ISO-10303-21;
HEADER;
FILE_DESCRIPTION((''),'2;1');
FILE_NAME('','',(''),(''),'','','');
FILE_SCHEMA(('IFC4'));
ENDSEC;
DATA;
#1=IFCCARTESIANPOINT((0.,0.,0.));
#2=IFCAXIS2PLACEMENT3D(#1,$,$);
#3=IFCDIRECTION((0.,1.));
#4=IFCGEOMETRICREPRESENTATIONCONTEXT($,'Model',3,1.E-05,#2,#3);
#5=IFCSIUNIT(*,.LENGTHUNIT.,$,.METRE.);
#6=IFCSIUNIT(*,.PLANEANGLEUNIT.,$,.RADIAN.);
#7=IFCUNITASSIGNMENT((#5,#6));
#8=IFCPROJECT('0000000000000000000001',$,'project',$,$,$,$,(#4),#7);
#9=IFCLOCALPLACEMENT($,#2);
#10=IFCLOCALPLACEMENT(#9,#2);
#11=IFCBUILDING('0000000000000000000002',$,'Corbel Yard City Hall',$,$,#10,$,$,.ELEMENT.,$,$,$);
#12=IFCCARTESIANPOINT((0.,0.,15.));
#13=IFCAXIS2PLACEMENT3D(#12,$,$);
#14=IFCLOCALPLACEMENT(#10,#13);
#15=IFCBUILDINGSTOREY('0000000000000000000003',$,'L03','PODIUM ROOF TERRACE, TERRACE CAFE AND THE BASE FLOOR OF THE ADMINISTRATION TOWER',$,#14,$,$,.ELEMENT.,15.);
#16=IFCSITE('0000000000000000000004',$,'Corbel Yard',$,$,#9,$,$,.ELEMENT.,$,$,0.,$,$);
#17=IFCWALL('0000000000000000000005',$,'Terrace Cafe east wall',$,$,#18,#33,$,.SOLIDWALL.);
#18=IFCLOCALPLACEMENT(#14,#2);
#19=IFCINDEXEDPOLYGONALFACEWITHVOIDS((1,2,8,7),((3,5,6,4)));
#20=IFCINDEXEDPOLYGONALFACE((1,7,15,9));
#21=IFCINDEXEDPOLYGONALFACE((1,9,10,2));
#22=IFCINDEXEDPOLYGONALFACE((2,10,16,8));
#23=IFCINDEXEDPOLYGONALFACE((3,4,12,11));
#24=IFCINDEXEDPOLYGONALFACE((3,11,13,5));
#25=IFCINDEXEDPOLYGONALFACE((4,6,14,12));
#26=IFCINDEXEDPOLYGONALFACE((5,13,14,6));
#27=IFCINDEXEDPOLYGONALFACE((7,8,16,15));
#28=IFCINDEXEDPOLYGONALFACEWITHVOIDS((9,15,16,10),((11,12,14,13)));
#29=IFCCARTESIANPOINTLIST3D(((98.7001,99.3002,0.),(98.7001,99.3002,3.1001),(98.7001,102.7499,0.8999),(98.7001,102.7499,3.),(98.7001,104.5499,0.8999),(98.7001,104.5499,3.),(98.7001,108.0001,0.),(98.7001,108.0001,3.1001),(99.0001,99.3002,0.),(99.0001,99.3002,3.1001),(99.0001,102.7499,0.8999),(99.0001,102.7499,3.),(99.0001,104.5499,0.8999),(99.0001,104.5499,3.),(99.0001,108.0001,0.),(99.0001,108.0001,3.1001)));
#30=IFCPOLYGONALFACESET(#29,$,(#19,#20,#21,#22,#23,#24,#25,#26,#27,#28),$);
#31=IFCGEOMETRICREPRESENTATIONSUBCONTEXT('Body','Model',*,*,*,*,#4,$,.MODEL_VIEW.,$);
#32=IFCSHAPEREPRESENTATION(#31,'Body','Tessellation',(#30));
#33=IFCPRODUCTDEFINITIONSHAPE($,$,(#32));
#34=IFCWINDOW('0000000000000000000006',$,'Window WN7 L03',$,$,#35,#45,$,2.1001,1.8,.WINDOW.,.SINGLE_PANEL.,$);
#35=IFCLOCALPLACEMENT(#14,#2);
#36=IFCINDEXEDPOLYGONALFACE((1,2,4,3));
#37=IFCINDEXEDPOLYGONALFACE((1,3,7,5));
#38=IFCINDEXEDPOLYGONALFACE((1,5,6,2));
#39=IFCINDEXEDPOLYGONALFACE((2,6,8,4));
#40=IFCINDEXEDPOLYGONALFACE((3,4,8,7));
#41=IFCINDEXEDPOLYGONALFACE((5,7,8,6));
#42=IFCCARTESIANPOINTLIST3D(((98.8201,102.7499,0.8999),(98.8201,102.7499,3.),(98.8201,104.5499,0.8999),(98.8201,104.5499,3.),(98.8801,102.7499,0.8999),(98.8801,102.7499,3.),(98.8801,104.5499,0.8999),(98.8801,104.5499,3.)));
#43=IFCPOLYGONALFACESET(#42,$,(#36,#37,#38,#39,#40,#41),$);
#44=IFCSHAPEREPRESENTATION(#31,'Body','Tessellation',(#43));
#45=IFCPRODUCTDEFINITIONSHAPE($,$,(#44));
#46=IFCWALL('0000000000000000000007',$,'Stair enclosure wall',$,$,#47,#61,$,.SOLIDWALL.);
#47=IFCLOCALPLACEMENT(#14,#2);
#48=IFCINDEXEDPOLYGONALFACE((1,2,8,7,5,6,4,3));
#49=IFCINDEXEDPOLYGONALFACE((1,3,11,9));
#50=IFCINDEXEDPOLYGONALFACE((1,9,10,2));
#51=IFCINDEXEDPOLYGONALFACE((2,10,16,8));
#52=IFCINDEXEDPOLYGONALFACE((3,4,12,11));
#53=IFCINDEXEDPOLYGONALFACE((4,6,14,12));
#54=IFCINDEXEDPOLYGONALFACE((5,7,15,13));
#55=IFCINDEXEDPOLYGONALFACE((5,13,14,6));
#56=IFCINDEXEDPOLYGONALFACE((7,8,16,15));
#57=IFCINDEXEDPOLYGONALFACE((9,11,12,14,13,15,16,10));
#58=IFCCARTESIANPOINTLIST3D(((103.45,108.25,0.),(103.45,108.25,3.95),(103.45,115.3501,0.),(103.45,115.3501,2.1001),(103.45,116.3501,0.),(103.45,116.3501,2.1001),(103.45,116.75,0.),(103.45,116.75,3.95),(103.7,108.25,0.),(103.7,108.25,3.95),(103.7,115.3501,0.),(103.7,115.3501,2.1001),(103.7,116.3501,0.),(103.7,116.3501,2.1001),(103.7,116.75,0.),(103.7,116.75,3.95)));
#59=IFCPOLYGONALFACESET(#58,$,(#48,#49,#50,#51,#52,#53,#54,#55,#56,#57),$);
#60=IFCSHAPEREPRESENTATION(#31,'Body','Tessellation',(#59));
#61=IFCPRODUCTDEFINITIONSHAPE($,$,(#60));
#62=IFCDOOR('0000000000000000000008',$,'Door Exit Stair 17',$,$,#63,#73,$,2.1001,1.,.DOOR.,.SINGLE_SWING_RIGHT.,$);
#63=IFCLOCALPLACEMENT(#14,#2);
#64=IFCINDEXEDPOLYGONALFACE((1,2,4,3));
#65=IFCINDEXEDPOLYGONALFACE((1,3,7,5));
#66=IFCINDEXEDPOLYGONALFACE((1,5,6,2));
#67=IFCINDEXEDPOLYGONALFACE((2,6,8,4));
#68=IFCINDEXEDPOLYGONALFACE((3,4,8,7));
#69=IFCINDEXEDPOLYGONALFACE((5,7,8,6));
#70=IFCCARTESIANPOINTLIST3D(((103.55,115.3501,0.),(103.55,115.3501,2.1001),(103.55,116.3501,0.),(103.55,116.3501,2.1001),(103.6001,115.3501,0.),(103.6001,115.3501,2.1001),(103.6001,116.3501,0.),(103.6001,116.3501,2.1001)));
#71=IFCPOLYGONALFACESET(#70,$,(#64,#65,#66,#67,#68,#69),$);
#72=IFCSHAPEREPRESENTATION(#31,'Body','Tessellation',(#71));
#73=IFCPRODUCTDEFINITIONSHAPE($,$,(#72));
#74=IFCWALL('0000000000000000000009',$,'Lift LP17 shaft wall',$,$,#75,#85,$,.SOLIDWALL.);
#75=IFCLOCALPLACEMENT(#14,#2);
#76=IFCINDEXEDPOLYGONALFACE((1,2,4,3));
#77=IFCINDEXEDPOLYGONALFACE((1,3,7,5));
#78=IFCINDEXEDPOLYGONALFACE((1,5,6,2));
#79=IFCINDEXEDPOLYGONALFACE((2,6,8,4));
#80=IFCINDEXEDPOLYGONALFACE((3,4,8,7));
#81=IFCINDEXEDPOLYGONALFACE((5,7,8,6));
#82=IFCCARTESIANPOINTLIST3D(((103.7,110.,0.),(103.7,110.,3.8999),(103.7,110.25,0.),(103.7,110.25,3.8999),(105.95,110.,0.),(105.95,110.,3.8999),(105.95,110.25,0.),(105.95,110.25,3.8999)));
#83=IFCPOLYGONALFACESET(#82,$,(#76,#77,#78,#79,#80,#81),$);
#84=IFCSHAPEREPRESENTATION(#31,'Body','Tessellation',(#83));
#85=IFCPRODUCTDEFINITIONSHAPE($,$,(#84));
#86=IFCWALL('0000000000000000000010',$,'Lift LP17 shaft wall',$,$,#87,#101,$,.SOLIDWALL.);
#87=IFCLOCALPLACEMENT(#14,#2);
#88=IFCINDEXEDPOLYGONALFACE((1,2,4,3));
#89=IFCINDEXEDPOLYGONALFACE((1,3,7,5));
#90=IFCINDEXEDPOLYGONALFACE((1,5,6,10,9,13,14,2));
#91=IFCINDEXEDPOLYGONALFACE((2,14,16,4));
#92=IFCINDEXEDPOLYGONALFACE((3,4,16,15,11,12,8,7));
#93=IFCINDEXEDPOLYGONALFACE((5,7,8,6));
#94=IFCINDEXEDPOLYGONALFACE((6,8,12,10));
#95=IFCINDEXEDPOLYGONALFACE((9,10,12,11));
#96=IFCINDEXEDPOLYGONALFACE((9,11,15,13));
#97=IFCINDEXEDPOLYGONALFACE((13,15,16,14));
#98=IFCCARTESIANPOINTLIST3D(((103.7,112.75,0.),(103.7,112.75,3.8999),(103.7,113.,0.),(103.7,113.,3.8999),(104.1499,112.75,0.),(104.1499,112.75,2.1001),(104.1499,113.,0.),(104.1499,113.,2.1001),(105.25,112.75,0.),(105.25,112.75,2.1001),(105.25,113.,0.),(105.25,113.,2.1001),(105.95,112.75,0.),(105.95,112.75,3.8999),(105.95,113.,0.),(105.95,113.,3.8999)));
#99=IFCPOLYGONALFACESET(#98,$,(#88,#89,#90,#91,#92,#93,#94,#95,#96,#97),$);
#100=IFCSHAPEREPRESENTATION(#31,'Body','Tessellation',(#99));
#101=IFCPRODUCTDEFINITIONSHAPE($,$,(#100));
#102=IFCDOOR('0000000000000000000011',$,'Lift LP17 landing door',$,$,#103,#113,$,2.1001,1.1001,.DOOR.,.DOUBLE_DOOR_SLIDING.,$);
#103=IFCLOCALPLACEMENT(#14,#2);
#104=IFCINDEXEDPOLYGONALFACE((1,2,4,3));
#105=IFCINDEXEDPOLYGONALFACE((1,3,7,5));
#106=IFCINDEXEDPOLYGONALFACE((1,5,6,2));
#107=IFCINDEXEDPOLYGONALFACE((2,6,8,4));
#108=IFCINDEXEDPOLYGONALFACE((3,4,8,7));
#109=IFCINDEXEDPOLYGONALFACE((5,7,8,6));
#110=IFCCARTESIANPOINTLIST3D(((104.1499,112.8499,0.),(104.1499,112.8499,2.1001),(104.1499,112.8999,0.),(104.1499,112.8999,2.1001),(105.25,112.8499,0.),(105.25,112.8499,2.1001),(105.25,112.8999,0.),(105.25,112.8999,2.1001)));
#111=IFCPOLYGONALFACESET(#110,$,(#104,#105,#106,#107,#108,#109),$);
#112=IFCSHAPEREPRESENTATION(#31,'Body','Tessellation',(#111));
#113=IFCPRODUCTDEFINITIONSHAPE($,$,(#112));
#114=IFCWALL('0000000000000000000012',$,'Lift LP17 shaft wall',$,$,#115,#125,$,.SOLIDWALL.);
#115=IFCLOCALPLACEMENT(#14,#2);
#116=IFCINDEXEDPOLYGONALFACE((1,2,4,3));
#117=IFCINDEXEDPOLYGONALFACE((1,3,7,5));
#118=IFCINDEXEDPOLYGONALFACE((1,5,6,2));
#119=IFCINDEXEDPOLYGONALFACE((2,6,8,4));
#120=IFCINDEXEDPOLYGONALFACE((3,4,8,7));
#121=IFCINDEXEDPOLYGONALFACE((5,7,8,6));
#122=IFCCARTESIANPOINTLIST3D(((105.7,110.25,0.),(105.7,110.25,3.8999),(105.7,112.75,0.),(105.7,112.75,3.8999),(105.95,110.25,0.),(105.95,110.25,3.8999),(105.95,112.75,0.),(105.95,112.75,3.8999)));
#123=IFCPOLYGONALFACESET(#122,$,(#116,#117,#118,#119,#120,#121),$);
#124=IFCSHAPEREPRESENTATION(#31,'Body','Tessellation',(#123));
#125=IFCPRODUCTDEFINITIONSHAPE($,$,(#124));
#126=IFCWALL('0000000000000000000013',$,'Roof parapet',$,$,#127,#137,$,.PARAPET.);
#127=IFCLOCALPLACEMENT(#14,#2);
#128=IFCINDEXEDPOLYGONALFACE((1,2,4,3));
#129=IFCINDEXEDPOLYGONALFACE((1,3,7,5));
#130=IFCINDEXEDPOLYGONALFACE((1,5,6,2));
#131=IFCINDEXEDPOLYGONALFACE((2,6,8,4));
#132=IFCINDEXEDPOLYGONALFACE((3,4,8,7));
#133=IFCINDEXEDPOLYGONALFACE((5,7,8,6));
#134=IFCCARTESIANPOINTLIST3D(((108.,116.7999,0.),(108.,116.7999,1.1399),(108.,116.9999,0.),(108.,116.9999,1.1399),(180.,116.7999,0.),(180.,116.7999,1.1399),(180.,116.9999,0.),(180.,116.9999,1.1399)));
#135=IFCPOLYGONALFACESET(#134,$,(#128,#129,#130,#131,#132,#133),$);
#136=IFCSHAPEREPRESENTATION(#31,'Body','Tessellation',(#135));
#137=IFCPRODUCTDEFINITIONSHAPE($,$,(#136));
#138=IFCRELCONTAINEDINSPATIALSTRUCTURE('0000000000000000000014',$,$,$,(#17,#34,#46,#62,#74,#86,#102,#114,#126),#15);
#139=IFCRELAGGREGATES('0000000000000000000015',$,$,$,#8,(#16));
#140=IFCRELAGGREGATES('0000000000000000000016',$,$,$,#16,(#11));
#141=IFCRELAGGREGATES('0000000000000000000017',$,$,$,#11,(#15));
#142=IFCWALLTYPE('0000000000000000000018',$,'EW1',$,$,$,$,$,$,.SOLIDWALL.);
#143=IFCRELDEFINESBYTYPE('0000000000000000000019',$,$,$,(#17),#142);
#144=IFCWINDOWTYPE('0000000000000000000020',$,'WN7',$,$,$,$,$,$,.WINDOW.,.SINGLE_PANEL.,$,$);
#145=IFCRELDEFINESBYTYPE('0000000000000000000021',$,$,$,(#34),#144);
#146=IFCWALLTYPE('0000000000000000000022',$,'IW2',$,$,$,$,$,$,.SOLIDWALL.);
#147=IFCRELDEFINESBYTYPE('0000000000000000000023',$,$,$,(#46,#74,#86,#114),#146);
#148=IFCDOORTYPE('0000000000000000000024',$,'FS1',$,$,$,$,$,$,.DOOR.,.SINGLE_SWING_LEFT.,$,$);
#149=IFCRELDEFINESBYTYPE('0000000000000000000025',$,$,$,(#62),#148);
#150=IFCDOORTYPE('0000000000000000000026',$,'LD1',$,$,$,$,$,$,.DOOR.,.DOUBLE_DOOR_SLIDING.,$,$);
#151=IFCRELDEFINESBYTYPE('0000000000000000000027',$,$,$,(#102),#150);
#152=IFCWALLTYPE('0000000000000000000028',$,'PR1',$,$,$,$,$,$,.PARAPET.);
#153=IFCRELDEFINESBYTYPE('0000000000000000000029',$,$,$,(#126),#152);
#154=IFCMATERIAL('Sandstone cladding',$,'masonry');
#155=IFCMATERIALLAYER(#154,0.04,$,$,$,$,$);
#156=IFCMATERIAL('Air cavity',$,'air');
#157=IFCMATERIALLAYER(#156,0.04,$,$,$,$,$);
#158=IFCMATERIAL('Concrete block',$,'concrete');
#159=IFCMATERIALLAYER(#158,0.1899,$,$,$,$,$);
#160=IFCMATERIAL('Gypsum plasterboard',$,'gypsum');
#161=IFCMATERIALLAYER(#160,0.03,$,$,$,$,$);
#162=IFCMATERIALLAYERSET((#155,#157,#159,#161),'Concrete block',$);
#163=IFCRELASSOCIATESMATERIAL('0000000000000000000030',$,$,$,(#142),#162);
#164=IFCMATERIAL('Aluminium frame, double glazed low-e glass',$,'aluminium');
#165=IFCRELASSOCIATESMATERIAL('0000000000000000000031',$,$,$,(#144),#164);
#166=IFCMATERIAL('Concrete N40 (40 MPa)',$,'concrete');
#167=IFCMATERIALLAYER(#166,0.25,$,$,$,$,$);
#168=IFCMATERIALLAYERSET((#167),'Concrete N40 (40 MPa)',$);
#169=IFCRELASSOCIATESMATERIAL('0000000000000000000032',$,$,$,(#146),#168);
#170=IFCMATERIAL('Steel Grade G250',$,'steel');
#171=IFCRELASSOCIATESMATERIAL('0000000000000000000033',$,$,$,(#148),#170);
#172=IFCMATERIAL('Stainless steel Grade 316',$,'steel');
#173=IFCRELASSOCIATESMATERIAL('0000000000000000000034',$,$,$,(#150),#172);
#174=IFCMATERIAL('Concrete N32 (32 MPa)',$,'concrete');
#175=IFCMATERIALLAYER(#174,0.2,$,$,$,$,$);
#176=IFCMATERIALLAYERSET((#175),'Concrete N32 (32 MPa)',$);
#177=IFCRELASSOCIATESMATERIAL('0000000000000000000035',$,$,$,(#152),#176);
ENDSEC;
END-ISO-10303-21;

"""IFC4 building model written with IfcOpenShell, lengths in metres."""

from ifc_helpers import new_model, si_unit, direction, frame, frame_2d, origin, place, context, subcontext, project, spatial, rectangle, extrude, material, layer, layer_set, type_object, element, fill, save


model = new_model("IFC4")

# Units and contexts
model_context = context("Model", 3, precision=1e-05, world=origin(), true_north=direction((0.0, 1.0)))
body_context = subcontext(model_context, "Body", "Model", "MODEL_VIEW")
ifc_project = project(units=[si_unit("LENGTHUNIT", "METRE"), si_unit("PLANEANGLEUNIT", "RADIAN")], contexts=[model_context])

# Site, building, storey
site_placement = place(None, origin())
site = spatial("IfcSite", under=ifc_project, at=site_placement, Name="Corbel Yard", CompositionType="ELEMENT", RefElevation=0.0)
building_placement = place(site_placement, origin())
building = spatial("IfcBuilding", under=site, at=building_placement, Name="Corbel Yard City Hall", CompositionType="ELEMENT")
storey_placement = place(building_placement, frame((0.0, 0.0, 15.0)))
storey = spatial("IfcBuildingStorey", under=building, at=storey_placement, Name="L03", Description="PODIUM ROOF TERRACE, TERRACE CAFE AND THE BASE FLOOR OF THE ADMINISTRATION TOWER", CompositionType="ELEMENT", Elevation=15.0)

# Wall, opening, window
ifc_material_1 = material(Name="Sandstone cladding", Category="masonry")
ifc_layer_1 = layer(ifc_material_1, 0.04)
ifc_material_2 = material(Name="Air cavity", Category="air")
ifc_layer_2 = layer(ifc_material_2, 0.04)
ifc_material_3 = material(Name="Concrete block", Category="concrete")
ifc_layer_3 = layer(ifc_material_3, 0.1899)
ifc_material_4 = material(Name="Gypsum plasterboard", Category="gypsum")
ifc_layer_4 = layer(ifc_material_4, 0.03)
ifc_layer_set_1 = layer_set([ifc_layer_1, ifc_layer_2, ifc_layer_3, ifc_layer_4], Name="Concrete block")
wall_type_1 = type_object("IfcWallType", Name="EW1", PredefinedType="SOLIDWALL", material=ifc_layer_set_1)
wall_1_placement = place(storey_placement, frame((98.8501, 99.3, 0.0), z_axis=(0.0, 0.0, 1.0), x_axis=(0.0, 1.0, 0.0)))
wall_1 = element("IfcWall", 1, at=wall_1_placement, inside=storey, type_object=wall_type_1, Name="Terrace Cafe east wall", PredefinedType="SOLIDWALL", context=body_context, shape_type="SweptSolid", body=[
    extrude(rectangle(XDim=8.7, YDim=0.3, at=frame_2d((4.3501, 0.0))), origin(), (0.0, 0.0, 1.0), 3.1001),
])
opening_1_placement = place(wall_1_placement, frame((3.45, 0.0, 0.8999)))
opening_1 = element("IfcOpeningElement", 2, at=opening_1_placement, cuts=wall_1, PredefinedType="OPENING", context=body_context, shape_type="SweptSolid", body=[
    extrude(rectangle(XDim=1.8, YDim=2.1001, at=frame_2d((0.8999, 1.05))), frame((0.0, 0.1599, 0.0), z_axis=(0.0, -1.0, 0.0), x_axis=(1.0, 0.0, 0.0)), (0.0, 0.0, 1.0), 0.3201),
])
ifc_material_5 = material(Name="Aluminium frame, double glazed low-e glass", Category="aluminium")
window_type = type_object("IfcWindowType", Name="WN7", PartitioningType="SINGLE_PANEL", PredefinedType="WINDOW", material=ifc_material_5)
window_placement = place(opening_1_placement, origin())
window = element("IfcWindow", 3, at=window_placement, inside=storey, type_object=window_type, Name="Window WN7 L03", OverallHeight=2.1001, OverallWidth=1.8, PartitioningType="SINGLE_PANEL", PredefinedType="WINDOW", context=body_context, shape_type="SweptSolid", body=[
    extrude(rectangle(XDim=1.8, YDim=2.1001, at=frame_2d((0.8999, 1.05))), frame((0.0, 0.03, 0.0), z_axis=(0.0, -1.0, 0.0), x_axis=(1.0, 0.0, 0.0)), (0.0, 0.0, 1.0), 0.0601),
])
fill(opening_1, window)

# Wall, opening, door
ifc_material_6 = material(Name="Concrete N40 (40 MPa)", Category="concrete")
ifc_layer_5 = layer(ifc_material_6, 0.25)
ifc_layer_set_2 = layer_set([ifc_layer_5], Name="Concrete N40 (40 MPa)")
wall_type_2 = type_object("IfcWallType", Name="IW2", PredefinedType="SOLIDWALL", material=ifc_layer_set_2)
wall_2_placement = place(storey_placement, frame((103.575, 116.75, 0.0), z_axis=(0.0, 0.0, 1.0), x_axis=(0.0, -1.0, 0.0)))
wall_2 = element("IfcWall", 4, at=wall_2_placement, inside=storey, type_object=wall_type_2, Name="Stair enclosure wall", PredefinedType="SOLIDWALL", context=body_context, shape_type="SweptSolid", body=[
    extrude(rectangle(XDim=8.5, YDim=0.25, at=frame_2d((4.25, 0.0))), origin(), (0.0, 0.0, 1.0), 3.95),
])
opening_2_placement = place(wall_2_placement, frame((0.3999, 0.0, 0.0)))
opening_2 = element("IfcOpeningElement", 5, at=opening_2_placement, cuts=wall_2, PredefinedType="OPENING", context=body_context, shape_type="SweptSolid", body=[
    extrude(rectangle(XDim=1.0, YDim=2.1001, at=frame_2d((0.5, 1.05))), frame((0.0, 0.135, 0.0), z_axis=(0.0, -1.0, 0.0), x_axis=(1.0, 0.0, 0.0)), (0.0, 0.0, 1.0), 0.27),
])
ifc_material_7 = material(Name="Steel Grade G250", Category="steel")
door_type_1 = type_object("IfcDoorType", Name="FS1", OperationType="SINGLE_SWING_LEFT", PredefinedType="DOOR", material=ifc_material_7)
door_1_placement = place(opening_2_placement, frame((1.0, 0.0, 0.0), z_axis=(0.0, 0.0, 1.0), x_axis=(-1.0, 0.0, 0.0)))
door_1 = element("IfcDoor", 6, at=door_1_placement, inside=storey, type_object=door_type_1, Name="Door Exit Stair 17", OperationType="SINGLE_SWING_RIGHT", OverallHeight=2.1001, OverallWidth=1.0, PredefinedType="DOOR", context=body_context, shape_type="SweptSolid", body=[
    extrude(rectangle(XDim=1.0, YDim=2.1001, at=frame_2d((0.5, 1.05))), frame((0.0, 0.0249, 0.0), z_axis=(0.0, -1.0, 0.0), x_axis=(1.0, 0.0, 0.0)), (0.0, 0.0, 1.0), 0.05),
])
fill(opening_2, door_1)

# Wall
wall_3_placement = place(storey_placement, frame((103.7, 110.125, 0.0), z_axis=(0.0, 0.0, 1.0), x_axis=(1.0, 0.0, 0.0)))
element("IfcWall", 7, at=wall_3_placement, inside=storey, type_object=wall_type_2, Name="Lift LP17 shaft wall", PredefinedType="SOLIDWALL", context=body_context, shape_type="SweptSolid", body=[
    extrude(rectangle(XDim=2.25, YDim=0.25, at=frame_2d((1.125, 0.0))), origin(), (0.0, 0.0, 1.0), 3.8999),
])

# Wall, opening, door
wall_4_placement = place(storey_placement, frame((103.7, 112.875, 0.0), z_axis=(0.0, 0.0, 1.0), x_axis=(1.0, 0.0, 0.0)))
wall_4 = element("IfcWall", 8, at=wall_4_placement, inside=storey, type_object=wall_type_2, Name="Lift LP17 shaft wall", PredefinedType="SOLIDWALL", context=body_context, shape_type="SweptSolid", body=[
    extrude(rectangle(XDim=2.25, YDim=0.25, at=frame_2d((1.125, 0.0))), origin(), (0.0, 0.0, 1.0), 3.8999),
])
opening_3_placement = place(wall_4_placement, frame((0.45, 0.0, 0.0)))
opening_3 = element("IfcOpeningElement", 9, at=opening_3_placement, cuts=wall_4, PredefinedType="OPENING", context=body_context, shape_type="SweptSolid", body=[
    extrude(rectangle(XDim=1.1001, YDim=2.1001, at=frame_2d((0.55, 1.05))), frame((0.0, 0.135, 0.0), z_axis=(0.0, -1.0, 0.0), x_axis=(1.0, 0.0, 0.0)), (0.0, 0.0, 1.0), 0.27),
])
ifc_material_8 = material(Name="Stainless steel Grade 316", Category="steel")
door_type_2 = type_object("IfcDoorType", Name="LD1", OperationType="DOUBLE_DOOR_SLIDING", PredefinedType="DOOR", material=ifc_material_8)
door_2_placement = place(opening_3_placement, origin())
door_2 = element("IfcDoor", 10, at=door_2_placement, inside=storey, type_object=door_type_2, Name="Lift LP17 landing door", OperationType="DOUBLE_DOOR_SLIDING", OverallHeight=2.1001, OverallWidth=1.1001, PredefinedType="DOOR", context=body_context, shape_type="SweptSolid", body=[
    extrude(rectangle(XDim=1.1001, YDim=2.1001, at=frame_2d((0.55, 1.05))), frame((0.0, 0.0249, 0.0), z_axis=(0.0, -1.0, 0.0), x_axis=(1.0, 0.0, 0.0)), (0.0, 0.0, 1.0), 0.05),
])
fill(opening_3, door_2)

# Walls
wall_5_placement = place(storey_placement, frame((105.825, 110.25, 0.0), z_axis=(0.0, 0.0, 1.0), x_axis=(0.0, 1.0, 0.0)))
element("IfcWall", 11, at=wall_5_placement, inside=storey, type_object=wall_type_2, Name="Lift LP17 shaft wall", PredefinedType="SOLIDWALL", context=body_context, shape_type="SweptSolid", body=[
    extrude(rectangle(XDim=2.5, YDim=0.25, at=frame_2d((1.25, 0.0))), origin(), (0.0, 0.0, 1.0), 3.8999),
])
ifc_material_9 = material(Name="Concrete N32 (32 MPa)", Category="concrete")
ifc_layer_6 = layer(ifc_material_9, 0.2)
ifc_layer_set_3 = layer_set([ifc_layer_6], Name="Concrete N32 (32 MPa)")
wall_type_3 = type_object("IfcWallType", Name="PR1", PredefinedType="PARAPET", material=ifc_layer_set_3)
wall_6_placement = place(storey_placement, frame((108.0, 116.8999, 0.0), z_axis=(0.0, 0.0, 1.0), x_axis=(1.0, 0.0, 0.0)))
element("IfcWall", 12, at=wall_6_placement, inside=storey, type_object=wall_type_3, Name="Roof parapet", PredefinedType="PARAPET", context=body_context, shape_type="SweptSolid", body=[
    extrude(rectangle(XDim=72.0, YDim=0.2, at=frame_2d((36.0, 0.0))), origin(), (0.0, 0.0, 1.0), 1.1399),
])

save(model, "model.ifc")
